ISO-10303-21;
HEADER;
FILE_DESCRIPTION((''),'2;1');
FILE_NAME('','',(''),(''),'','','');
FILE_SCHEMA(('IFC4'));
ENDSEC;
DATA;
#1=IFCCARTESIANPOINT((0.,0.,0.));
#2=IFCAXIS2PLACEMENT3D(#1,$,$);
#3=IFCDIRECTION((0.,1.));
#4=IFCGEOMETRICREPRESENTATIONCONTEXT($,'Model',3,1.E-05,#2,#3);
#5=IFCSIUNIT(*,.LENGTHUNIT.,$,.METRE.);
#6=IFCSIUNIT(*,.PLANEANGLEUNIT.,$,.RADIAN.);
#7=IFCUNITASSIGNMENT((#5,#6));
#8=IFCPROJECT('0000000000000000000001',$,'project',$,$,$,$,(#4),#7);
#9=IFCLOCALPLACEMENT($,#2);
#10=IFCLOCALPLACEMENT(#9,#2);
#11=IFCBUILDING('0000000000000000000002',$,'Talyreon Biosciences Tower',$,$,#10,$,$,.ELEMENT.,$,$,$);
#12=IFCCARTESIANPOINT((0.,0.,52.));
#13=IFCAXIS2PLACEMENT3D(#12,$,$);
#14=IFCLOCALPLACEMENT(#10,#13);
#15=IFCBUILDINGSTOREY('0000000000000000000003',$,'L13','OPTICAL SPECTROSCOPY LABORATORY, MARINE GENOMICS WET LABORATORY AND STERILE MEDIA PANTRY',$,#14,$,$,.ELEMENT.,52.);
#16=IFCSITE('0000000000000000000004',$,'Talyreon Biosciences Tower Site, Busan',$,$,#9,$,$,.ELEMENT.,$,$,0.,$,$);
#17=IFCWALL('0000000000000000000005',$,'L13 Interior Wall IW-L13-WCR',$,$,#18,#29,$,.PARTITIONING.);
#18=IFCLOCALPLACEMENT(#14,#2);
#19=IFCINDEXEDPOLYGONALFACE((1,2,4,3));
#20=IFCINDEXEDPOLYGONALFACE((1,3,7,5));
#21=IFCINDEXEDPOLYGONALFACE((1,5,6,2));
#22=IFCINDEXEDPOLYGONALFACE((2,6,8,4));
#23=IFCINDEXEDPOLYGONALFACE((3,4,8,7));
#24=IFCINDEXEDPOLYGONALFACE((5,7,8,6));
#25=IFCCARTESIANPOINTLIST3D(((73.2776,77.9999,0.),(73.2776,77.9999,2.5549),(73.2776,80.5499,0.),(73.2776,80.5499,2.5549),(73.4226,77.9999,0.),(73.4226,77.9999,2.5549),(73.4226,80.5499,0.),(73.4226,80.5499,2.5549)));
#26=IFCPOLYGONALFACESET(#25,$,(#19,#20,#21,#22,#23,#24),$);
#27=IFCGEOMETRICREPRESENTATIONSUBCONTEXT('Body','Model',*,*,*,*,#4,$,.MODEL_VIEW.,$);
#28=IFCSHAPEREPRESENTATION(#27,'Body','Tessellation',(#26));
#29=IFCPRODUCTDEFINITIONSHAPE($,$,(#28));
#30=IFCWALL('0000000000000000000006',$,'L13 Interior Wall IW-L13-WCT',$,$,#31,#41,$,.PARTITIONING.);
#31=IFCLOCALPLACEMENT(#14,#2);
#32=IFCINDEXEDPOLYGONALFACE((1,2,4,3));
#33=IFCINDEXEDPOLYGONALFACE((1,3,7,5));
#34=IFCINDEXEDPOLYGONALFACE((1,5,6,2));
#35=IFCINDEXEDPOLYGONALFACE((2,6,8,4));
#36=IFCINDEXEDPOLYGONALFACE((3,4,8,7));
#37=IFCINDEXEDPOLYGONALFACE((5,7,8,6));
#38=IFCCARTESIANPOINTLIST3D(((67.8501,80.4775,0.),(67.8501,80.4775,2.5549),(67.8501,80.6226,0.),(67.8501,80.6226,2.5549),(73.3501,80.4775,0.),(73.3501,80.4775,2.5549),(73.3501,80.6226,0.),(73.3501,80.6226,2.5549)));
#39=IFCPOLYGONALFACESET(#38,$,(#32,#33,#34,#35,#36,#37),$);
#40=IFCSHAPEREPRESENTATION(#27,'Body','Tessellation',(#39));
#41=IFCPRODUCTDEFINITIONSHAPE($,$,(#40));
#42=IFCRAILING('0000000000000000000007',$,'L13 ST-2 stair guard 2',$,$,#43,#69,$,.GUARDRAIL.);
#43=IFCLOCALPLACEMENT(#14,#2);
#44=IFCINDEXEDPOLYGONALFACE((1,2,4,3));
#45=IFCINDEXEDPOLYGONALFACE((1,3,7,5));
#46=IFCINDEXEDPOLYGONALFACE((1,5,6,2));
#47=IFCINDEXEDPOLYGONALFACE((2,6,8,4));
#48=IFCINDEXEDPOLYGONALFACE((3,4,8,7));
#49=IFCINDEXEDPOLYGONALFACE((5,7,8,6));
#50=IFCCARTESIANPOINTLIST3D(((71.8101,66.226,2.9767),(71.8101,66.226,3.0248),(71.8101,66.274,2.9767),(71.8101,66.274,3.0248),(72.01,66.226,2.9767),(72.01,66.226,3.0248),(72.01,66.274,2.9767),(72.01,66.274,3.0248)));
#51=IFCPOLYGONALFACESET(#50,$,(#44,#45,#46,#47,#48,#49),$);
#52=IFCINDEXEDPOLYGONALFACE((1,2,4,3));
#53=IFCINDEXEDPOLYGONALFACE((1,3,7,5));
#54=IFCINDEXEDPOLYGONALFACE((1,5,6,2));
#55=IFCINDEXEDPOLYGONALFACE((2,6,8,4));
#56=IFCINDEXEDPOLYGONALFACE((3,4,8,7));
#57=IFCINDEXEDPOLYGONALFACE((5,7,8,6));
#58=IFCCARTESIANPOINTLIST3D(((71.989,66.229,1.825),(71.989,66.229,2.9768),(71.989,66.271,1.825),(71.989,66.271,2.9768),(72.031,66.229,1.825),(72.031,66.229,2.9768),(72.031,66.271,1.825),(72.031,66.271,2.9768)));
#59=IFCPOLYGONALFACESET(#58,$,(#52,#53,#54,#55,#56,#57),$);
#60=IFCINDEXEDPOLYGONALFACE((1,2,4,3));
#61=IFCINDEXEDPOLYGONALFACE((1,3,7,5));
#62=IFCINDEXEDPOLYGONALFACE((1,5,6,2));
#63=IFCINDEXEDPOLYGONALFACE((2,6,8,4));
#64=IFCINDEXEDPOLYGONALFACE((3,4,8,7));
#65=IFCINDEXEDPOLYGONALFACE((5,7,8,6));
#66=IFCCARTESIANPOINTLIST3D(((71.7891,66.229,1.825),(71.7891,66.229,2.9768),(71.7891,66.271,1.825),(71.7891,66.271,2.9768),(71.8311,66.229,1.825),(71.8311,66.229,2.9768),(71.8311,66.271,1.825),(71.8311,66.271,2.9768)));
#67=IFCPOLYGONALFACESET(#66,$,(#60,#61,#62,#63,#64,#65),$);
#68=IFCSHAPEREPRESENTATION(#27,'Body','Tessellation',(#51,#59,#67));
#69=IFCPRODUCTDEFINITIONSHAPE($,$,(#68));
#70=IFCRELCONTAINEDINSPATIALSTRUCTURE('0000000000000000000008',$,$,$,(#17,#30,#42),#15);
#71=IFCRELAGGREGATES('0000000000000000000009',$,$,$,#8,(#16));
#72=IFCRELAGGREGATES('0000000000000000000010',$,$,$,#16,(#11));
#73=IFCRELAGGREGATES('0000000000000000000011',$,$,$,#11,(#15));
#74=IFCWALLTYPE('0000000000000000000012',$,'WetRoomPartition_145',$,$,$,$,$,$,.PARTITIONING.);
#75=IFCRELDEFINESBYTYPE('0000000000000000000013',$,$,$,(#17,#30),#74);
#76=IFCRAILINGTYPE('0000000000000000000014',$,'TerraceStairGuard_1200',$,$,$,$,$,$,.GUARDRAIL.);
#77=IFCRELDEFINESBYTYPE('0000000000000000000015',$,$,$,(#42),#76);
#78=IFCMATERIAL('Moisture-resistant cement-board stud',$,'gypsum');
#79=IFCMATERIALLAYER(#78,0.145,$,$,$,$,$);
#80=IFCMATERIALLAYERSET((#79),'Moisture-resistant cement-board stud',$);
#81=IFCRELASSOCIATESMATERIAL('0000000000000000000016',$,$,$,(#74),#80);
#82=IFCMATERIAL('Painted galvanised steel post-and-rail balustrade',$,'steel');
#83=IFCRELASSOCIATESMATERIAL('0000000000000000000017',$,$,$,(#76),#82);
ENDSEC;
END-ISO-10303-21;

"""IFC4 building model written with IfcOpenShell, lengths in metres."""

from ifc_helpers import new_model, si_unit, direction, frame, frame_2d, origin, origin_2d, place, context, subcontext, project, spatial, rectangle, extrude, material, layer, layer_set, type_object, element, save


model = new_model("IFC4")

# Units and contexts
model_context = context("Model", 3, precision=1e-05, world=origin(), true_north=direction((0.0, 1.0)))
body_context = subcontext(model_context, "Body", "Model", "MODEL_VIEW")
ifc_project = project(units=[si_unit("LENGTHUNIT", "METRE"), si_unit("PLANEANGLEUNIT", "RADIAN")], contexts=[model_context])

# Site, building, storey
site_placement = place(None, origin())
site = spatial("IfcSite", under=ifc_project, at=site_placement, Name="Talyreon Biosciences Tower Site, Busan", CompositionType="ELEMENT", RefElevation=0.0)
building_placement = place(site_placement, origin())
building = spatial("IfcBuilding", under=site, at=building_placement, Name="Talyreon Biosciences Tower", CompositionType="ELEMENT")
storey_placement = place(building_placement, frame((0.0, 0.0, 52.0)))
storey = spatial("IfcBuildingStorey", under=building, at=storey_placement, Name="L13", Description="OPTICAL SPECTROSCOPY LABORATORY, MARINE GENOMICS WET LABORATORY AND STERILE MEDIA PANTRY", CompositionType="ELEMENT", Elevation=52.0)

# Walls
ifc_material_1 = material(Name="Moisture-resistant cement-board stud", Category="gypsum")
ifc_layer_1 = layer(ifc_material_1, 0.145)
ifc_layer_set_1 = layer_set([ifc_layer_1], Name="Moisture-resistant cement-board stud")
wall_type_1 = type_object("IfcWallType", Name="WetRoomPartition_145", PredefinedType="PARTITIONING", material=ifc_layer_set_1)
wall_1_placement = place(storey_placement, frame((73.3501, 78.0, 0.0), z_axis=(0.0, 0.0, 1.0), x_axis=(0.0, 1.0, 0.0)))
element("IfcWall", 1, at=wall_1_placement, inside=storey, type_object=wall_type_1, Name="L13 Interior Wall IW-L13-WCR", PredefinedType="PARTITIONING", context=body_context, shape_type="SweptSolid", body=[
    extrude(rectangle(XDim=2.55, YDim=0.145, at=frame_2d((1.2749, 0.0))), origin(), (0.0, 0.0, 1.0), 2.5549),
])
wall_2_placement = place(storey_placement, frame((67.8501, 80.55, 0.0), z_axis=(0.0, 0.0, 1.0), x_axis=(1.0, 0.0, 0.0)))
element("IfcWall", 2, at=wall_2_placement, inside=storey, type_object=wall_type_1, Name="L13 Interior Wall IW-L13-WCT", PredefinedType="PARTITIONING", context=body_context, shape_type="SweptSolid", body=[
    extrude(rectangle(XDim=5.5, YDim=0.145, at=frame_2d((2.75, 0.0))), origin(), (0.0, 0.0, 1.0), 2.5549),
])

# Railing
ifc_material_2 = material(Name="Painted galvanised steel post-and-rail balustrade", Category="steel")
railing_type = type_object("IfcRailingType", Name="TerraceStairGuard_1200", PredefinedType="GUARDRAIL", material=ifc_material_2)
railing_placement = place(storey_placement, frame((72.01, 66.25, 1.825)))
element("IfcRailing", 3, at=railing_placement, inside=storey, type_object=railing_type, Name="L13 ST-2 stair guard 2", PredefinedType="GUARDRAIL", context=body_context, shape_type="SweptSolid", body=[
    extrude(rectangle(XDim=0.0481, YDim=0.0481, at=origin_2d()), frame((0.0, 0.0, 1.1758), z_axis=(-1.0, 0.0, 0.0), x_axis=(0.0, -1.0, 0.0)), (0.0, 0.0, 1.0), 0.2),
    extrude(rectangle(XDim=0.042, YDim=0.042, at=origin_2d()), origin(), (0.0, 0.0, 1.0), 1.1519),
    extrude(rectangle(XDim=0.042, YDim=0.042, at=origin_2d()), frame((-0.2, 0.0, 0.0)), (0.0, 0.0, 1.0), 1.1519),
])

save(model, "model.ifc")
